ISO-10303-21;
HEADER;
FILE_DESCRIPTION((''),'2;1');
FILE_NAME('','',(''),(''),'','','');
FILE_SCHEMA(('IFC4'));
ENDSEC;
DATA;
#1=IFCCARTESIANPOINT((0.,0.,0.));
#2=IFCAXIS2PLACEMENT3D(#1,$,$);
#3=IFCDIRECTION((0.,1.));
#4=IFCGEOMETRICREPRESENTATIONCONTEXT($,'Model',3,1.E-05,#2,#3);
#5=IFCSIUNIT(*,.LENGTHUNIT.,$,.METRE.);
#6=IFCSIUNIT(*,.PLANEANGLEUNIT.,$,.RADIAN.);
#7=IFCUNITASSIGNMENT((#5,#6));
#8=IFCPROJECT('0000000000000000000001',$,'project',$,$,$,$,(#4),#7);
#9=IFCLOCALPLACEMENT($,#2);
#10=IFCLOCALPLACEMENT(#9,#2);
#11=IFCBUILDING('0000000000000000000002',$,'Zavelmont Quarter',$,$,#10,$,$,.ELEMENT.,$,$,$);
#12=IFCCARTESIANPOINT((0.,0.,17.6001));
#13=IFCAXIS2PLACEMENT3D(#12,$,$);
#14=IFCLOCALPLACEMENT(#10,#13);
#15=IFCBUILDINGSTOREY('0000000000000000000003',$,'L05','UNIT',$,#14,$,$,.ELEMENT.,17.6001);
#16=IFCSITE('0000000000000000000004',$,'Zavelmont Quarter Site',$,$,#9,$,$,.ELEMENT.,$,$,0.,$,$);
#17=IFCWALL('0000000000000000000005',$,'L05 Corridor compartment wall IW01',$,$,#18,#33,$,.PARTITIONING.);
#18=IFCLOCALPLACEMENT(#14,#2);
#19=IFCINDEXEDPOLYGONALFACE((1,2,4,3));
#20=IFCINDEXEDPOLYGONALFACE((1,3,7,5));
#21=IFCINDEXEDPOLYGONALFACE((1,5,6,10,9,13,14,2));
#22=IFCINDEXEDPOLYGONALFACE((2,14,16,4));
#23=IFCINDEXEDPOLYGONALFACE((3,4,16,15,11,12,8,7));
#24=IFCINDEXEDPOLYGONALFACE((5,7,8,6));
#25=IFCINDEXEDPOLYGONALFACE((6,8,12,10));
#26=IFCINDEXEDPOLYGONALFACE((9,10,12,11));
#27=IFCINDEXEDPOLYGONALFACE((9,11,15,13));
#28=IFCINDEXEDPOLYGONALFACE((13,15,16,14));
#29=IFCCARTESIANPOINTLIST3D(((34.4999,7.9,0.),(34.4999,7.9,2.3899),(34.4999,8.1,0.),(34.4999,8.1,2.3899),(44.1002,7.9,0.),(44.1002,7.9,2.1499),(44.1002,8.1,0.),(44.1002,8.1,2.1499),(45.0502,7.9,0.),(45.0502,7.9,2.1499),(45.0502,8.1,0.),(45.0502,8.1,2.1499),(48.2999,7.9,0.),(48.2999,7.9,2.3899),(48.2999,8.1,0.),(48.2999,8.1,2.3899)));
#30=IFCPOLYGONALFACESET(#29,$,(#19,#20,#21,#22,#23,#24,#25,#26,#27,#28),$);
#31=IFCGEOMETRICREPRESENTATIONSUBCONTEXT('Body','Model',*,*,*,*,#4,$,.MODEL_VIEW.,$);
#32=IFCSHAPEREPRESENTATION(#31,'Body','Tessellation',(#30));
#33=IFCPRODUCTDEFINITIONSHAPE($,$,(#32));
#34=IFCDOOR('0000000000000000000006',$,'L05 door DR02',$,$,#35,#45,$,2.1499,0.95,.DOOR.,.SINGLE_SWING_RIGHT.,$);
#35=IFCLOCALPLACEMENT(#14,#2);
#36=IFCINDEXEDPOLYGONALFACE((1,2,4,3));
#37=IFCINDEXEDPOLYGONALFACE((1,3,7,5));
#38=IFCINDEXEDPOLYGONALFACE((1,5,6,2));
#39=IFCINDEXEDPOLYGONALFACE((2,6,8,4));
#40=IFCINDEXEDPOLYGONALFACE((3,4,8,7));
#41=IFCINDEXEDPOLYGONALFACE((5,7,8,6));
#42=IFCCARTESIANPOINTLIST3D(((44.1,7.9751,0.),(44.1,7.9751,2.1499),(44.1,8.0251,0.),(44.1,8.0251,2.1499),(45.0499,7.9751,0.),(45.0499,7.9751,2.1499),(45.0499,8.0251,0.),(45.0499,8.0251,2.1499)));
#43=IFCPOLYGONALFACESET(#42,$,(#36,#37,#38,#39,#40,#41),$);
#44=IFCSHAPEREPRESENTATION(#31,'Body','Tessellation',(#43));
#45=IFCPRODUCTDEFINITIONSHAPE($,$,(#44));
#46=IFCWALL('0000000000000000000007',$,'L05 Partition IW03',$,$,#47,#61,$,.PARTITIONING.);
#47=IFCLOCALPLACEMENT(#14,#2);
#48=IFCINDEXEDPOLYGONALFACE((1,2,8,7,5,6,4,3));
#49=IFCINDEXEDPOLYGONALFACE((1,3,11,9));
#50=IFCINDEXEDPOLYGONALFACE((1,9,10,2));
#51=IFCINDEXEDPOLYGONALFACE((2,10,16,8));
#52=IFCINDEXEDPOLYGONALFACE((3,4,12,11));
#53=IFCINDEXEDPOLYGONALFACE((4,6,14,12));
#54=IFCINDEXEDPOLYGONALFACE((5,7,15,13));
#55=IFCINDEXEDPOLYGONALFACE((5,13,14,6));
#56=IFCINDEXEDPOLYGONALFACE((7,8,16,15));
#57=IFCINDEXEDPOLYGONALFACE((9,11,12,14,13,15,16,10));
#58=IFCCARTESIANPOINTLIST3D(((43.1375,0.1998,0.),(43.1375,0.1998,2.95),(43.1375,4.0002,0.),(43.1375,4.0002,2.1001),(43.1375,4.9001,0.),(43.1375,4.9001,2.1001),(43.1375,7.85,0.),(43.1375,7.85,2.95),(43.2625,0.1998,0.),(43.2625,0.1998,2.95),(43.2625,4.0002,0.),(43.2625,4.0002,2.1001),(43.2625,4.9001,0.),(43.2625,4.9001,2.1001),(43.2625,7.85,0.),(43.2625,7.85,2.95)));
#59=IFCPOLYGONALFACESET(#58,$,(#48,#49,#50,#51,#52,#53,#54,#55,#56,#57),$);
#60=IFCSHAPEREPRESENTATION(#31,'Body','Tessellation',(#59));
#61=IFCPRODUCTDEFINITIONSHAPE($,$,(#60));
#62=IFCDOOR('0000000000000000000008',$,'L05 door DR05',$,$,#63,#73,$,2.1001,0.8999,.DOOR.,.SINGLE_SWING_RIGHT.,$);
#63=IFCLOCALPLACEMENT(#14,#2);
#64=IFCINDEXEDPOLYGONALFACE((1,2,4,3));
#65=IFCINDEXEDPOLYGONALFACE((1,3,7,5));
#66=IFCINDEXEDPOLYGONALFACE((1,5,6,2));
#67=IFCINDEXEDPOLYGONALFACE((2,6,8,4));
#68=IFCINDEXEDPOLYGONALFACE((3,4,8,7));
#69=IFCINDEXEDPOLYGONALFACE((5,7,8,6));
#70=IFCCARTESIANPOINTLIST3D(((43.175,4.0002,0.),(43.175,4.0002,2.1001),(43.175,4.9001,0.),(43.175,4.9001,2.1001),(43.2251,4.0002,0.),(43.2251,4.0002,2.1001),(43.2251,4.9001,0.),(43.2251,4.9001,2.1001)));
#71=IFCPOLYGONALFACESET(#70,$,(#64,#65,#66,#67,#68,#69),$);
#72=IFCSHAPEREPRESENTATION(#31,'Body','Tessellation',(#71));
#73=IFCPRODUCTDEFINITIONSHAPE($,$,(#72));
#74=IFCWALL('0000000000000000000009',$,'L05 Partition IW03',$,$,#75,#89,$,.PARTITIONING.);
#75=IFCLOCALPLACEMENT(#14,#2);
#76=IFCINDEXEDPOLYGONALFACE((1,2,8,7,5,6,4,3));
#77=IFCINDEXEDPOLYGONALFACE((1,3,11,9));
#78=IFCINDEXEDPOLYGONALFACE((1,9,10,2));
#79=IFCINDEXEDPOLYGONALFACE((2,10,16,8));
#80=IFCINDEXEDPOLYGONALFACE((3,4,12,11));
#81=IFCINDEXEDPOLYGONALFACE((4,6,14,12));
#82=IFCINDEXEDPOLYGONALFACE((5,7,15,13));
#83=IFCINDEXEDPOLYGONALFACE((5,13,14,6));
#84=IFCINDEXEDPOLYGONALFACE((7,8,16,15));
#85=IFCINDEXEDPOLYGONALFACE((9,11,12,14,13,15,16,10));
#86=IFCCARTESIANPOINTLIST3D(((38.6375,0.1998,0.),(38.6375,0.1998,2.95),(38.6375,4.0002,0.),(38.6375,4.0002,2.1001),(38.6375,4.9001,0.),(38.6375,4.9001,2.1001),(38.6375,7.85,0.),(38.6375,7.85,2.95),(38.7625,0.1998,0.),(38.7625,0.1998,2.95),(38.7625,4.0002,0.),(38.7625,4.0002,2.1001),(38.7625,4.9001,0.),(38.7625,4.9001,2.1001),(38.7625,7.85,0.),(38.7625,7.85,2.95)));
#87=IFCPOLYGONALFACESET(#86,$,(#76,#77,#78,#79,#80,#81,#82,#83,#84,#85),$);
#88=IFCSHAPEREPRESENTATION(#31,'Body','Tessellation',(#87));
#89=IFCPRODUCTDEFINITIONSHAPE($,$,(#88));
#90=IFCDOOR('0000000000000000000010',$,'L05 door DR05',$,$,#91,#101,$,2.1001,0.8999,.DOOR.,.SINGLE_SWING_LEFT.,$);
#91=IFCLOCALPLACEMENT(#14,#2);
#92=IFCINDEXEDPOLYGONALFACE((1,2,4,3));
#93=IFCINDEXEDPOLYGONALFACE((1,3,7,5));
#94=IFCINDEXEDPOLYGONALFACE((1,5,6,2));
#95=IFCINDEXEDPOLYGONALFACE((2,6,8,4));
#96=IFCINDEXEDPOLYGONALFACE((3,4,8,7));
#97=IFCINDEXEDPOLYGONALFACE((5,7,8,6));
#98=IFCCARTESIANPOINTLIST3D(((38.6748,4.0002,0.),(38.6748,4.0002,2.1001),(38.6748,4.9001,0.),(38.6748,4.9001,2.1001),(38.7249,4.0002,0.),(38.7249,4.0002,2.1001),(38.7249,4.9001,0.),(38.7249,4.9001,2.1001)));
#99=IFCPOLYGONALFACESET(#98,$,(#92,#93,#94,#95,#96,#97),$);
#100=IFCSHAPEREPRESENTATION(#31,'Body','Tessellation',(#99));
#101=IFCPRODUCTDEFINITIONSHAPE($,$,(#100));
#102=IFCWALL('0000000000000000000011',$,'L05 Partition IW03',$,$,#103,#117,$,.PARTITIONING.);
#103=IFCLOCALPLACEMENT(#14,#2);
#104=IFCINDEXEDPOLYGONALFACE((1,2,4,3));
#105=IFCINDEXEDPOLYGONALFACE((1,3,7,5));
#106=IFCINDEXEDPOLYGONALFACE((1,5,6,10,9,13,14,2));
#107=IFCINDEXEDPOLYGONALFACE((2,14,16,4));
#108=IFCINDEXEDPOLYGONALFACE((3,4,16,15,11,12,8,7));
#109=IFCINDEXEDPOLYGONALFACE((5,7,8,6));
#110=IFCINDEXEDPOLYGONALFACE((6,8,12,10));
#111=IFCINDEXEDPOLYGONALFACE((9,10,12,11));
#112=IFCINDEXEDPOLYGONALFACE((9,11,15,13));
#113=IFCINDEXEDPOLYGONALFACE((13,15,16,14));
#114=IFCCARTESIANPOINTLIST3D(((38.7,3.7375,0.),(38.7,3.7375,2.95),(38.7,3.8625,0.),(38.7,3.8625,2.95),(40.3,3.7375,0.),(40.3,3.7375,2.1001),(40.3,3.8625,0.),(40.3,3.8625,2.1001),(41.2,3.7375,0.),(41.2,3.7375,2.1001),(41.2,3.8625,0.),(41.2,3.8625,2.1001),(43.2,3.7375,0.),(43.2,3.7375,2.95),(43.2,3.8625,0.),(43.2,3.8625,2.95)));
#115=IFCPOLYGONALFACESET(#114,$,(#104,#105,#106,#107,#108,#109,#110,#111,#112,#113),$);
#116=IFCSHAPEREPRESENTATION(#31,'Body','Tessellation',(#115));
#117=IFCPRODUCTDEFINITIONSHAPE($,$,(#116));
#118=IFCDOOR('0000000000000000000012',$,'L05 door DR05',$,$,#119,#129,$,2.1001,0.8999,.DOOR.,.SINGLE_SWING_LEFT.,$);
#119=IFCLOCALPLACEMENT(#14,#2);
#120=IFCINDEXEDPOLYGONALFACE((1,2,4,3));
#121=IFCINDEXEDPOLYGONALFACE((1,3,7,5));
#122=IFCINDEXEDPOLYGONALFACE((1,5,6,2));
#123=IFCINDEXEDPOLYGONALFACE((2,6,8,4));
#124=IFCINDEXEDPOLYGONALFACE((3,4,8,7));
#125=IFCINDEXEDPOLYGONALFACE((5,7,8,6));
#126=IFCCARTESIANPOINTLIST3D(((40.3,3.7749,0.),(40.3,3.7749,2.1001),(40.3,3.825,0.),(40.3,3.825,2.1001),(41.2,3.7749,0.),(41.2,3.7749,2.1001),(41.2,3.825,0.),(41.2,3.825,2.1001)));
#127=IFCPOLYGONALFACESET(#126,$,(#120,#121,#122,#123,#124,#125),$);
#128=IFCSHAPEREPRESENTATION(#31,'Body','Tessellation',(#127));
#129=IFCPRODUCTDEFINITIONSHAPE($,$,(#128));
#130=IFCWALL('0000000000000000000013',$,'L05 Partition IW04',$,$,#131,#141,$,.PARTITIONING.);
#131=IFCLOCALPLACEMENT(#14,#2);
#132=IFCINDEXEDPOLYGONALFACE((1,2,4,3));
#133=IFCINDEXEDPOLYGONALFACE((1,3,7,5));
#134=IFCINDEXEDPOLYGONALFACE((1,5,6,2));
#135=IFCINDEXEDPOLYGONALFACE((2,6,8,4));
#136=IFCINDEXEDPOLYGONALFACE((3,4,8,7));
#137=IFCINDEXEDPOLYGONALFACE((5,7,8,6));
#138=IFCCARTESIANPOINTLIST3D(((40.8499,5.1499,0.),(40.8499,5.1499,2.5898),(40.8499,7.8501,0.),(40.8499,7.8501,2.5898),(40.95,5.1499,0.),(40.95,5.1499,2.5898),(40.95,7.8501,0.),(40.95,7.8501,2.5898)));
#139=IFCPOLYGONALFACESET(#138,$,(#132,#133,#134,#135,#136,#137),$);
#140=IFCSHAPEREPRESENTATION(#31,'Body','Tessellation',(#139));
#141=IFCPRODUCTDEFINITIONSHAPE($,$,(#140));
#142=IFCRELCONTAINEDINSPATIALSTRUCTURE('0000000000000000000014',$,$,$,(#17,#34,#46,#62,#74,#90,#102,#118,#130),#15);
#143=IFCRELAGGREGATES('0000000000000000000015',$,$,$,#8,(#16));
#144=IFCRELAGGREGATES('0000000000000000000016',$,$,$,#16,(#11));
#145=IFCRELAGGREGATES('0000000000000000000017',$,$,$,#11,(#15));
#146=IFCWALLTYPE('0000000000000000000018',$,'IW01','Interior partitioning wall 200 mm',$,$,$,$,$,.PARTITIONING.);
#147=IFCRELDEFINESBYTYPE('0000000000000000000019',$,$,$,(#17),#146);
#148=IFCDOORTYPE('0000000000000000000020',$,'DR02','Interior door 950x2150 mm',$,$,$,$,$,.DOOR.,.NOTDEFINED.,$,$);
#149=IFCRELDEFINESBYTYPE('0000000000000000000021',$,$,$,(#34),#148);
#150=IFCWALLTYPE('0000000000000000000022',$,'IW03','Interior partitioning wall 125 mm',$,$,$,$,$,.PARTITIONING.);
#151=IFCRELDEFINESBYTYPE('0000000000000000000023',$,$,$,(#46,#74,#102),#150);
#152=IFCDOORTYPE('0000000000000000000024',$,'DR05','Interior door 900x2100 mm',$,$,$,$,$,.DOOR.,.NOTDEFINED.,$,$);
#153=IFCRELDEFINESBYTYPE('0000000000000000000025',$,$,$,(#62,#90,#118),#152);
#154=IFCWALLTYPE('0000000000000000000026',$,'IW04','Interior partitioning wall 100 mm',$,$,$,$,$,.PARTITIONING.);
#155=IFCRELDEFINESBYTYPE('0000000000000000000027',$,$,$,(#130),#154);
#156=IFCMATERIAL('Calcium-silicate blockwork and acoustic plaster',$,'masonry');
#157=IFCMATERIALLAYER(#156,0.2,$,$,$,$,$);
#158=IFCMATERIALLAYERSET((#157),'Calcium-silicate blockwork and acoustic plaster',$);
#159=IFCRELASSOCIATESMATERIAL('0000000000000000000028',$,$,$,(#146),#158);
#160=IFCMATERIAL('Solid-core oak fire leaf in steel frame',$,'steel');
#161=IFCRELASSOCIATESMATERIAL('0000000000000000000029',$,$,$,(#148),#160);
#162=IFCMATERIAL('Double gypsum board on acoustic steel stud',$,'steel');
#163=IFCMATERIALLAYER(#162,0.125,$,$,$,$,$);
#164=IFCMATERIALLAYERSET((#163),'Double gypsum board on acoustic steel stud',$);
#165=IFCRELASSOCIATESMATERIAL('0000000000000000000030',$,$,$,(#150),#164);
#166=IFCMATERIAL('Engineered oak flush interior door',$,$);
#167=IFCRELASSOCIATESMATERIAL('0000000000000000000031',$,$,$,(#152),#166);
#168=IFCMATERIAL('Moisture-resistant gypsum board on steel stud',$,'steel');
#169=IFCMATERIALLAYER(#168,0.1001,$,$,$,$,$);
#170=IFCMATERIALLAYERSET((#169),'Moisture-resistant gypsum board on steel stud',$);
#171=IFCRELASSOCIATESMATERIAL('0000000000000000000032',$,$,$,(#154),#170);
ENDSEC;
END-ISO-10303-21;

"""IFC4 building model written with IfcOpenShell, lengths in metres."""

from ifc_helpers import new_model, si_unit, direction, frame, frame_2d, origin, origin_with_axes, place, context, subcontext, project, spatial, rectangle, extrude, material, layer, layer_set, type_object, element, fill, save


model = new_model("IFC4")

# Units and contexts
model_context = context("Model", 3, precision=1e-05, world=origin(), true_north=direction((0.0, 1.0)))
body_context = subcontext(model_context, "Body", "Model", "MODEL_VIEW")
ifc_project = project(units=[si_unit("LENGTHUNIT", "METRE"), si_unit("PLANEANGLEUNIT", "RADIAN")], contexts=[model_context])

# Site, building, storey
site_placement = place(None, origin())
site = spatial("IfcSite", under=ifc_project, at=site_placement, Name="Zavelmont Quarter Site", CompositionType="ELEMENT", RefElevation=0.0)
building_placement = place(site_placement, origin())
building = spatial("IfcBuilding", under=site, at=building_placement, Name="Zavelmont Quarter", CompositionType="ELEMENT")
storey_placement = place(building_placement, frame((0.0, 0.0, 17.6001)))
storey = spatial("IfcBuildingStorey", under=building, at=storey_placement, Name="L05", Description="UNIT", CompositionType="ELEMENT", Elevation=17.6001)

# Walls, openings, doors
ifc_material_1 = material(Name="Calcium-silicate blockwork and acoustic plaster", Category="masonry")
ifc_layer_1 = layer(ifc_material_1, 0.2)
ifc_layer_set_1 = layer_set([ifc_layer_1], Name="Calcium-silicate blockwork and acoustic plaster")
wall_type_1 = type_object("IfcWallType", Name="IW01", Description="Interior partitioning wall 200 mm", PredefinedType="PARTITIONING", material=ifc_layer_set_1)
wall_1_placement = place(storey_placement, frame((34.5, 8.0, 0.0), z_axis=(0.0, 0.0, 1.0), x_axis=(1.0, 0.0, 0.0)))
wall_1 = element("IfcWall", 1, at=wall_1_placement, inside=storey, type_object=wall_type_1, Name="L05 Corridor compartment wall IW01", PredefinedType="PARTITIONING", context=body_context, shape_type="SweptSolid", body=[
    extrude(rectangle(XDim=13.8, YDim=0.2, at=frame_2d((6.8999, 0.0))), origin(), (0.0, 0.0, 1.0), 2.3899),
])
opening_1_placement = place(wall_1_placement, frame((9.6001, 0.0, 0.0)))
opening_1 = element("IfcOpeningElement", 2, at=opening_1_placement, cuts=wall_1, PredefinedType="OPENING", context=body_context, shape_type="SweptSolid", body=[
    extrude(rectangle(XDim=0.95, YDim=2.1499, at=frame_2d((0.4751, 1.075))), frame((0.0, 0.1118, 0.0), z_axis=(0.0, -1.0, 0.0), x_axis=(1.0, 0.0, 0.0)), (0.0, 0.0, 1.0), 0.2239),
])
ifc_material_2 = material(Name="Solid-core oak fire leaf in steel frame", Category="steel")
door_type_1 = type_object("IfcDoorType", Name="DR02", Description="Interior door 950x2150 mm", OperationType="NOTDEFINED", PredefinedType="DOOR", material=ifc_material_2)
door_1_placement = place(opening_1_placement, frame((0.95, 0.0, 0.0), z_axis=(0.0, 0.0, 1.0), x_axis=(-1.0, 0.0, 0.0)))
door_1 = element("IfcDoor", 3, at=door_1_placement, inside=storey, type_object=door_type_1, Name="L05 door DR02", OperationType="SINGLE_SWING_RIGHT", OverallHeight=2.1499, OverallWidth=0.95, PredefinedType="DOOR", context=body_context, shape_type="SweptSolid", body=[
    extrude(rectangle(XDim=0.95, YDim=2.1499, at=frame_2d((0.4751, 1.075))), frame((0.0, 0.0249, 0.0), z_axis=(0.0, -1.0, 0.0), x_axis=(1.0, 0.0, 0.0)), (0.0, 0.0, 1.0), 0.05),
])
fill(opening_1, door_1)
ifc_material_3 = material(Name="Double gypsum board on acoustic steel stud", Category="steel")
ifc_layer_2 = layer(ifc_material_3, 0.125)
ifc_layer_set_2 = layer_set([ifc_layer_2], Name="Double gypsum board on acoustic steel stud")
wall_type_2 = type_object("IfcWallType", Name="IW03", Description="Interior partitioning wall 125 mm", PredefinedType="PARTITIONING", material=ifc_layer_set_2)
wall_2_placement = place(storey_placement, frame((43.2, 7.8501, 0.0), z_axis=(0.0, 0.0, 1.0), x_axis=(0.0, -1.0, 0.0)))
wall_2 = element("IfcWall", 4, at=wall_2_placement, inside=storey, type_object=wall_type_2, Name="L05 Partition IW03", PredefinedType="PARTITIONING", context=body_context, shape_type="SweptSolid", body=[
    extrude(rectangle(XDim=7.6501, YDim=0.125, at=frame_2d((3.8252, 0.0))), origin(), (0.0, 0.0, 1.0), 2.95),
])
opening_2_placement = place(wall_2_placement, frame((2.95, 0.0, 0.0)))
opening_2 = element("IfcOpeningElement", 5, at=opening_2_placement, cuts=wall_2, PredefinedType="OPENING", context=body_context, shape_type="SweptSolid", body=[
    extrude(rectangle(XDim=0.8999, YDim=2.1001, at=frame_2d((0.45, 1.05))), frame((0.0, 0.0745, 0.0), z_axis=(0.0, -1.0, 0.0), x_axis=(1.0, 0.0, 0.0)), (0.0, 0.0, 1.0), 0.1489),
])
ifc_material_4 = material(Name="Engineered oak flush interior door")
door_type_2 = type_object("IfcDoorType", Name="DR05", Description="Interior door 900x2100 mm", OperationType="NOTDEFINED", PredefinedType="DOOR", material=ifc_material_4)
door_2_placement = place(opening_2_placement, frame((0.8999, 0.0, 0.0), z_axis=(0.0, 0.0, 1.0), x_axis=(-1.0, 0.0, 0.0)))
door_2 = element("IfcDoor", 6, at=door_2_placement, inside=storey, type_object=door_type_2, Name="L05 door DR05", OperationType="SINGLE_SWING_RIGHT", OverallHeight=2.1001, OverallWidth=0.8999, PredefinedType="DOOR", context=body_context, shape_type="SweptSolid", body=[
    extrude(rectangle(XDim=0.8999, YDim=2.1001, at=frame_2d((0.45, 1.05))), frame((0.0, 0.0249, 0.0), z_axis=(0.0, -1.0, 0.0), x_axis=(1.0, 0.0, 0.0)), (0.0, 0.0, 1.0), 0.05),
])
fill(opening_2, door_2)
wall_3_placement = place(storey_placement, frame((38.7, 7.8501, 0.0), z_axis=(0.0, 0.0, 1.0), x_axis=(0.0, -1.0, 0.0)))
wall_3 = element("IfcWall", 7, at=wall_3_placement, inside=storey, type_object=wall_type_2, Name="L05 Partition IW03", PredefinedType="PARTITIONING", context=body_context, shape_type="SweptSolid", body=[
    extrude(rectangle(XDim=7.6501, YDim=0.125, at=frame_2d((3.8252, 0.0))), origin(), (0.0, 0.0, 1.0), 2.95),
])
opening_3_placement = place(wall_3_placement, frame((2.95, 0.0, 0.0)))
opening_3 = element("IfcOpeningElement", 8, at=opening_3_placement, cuts=wall_3, PredefinedType="OPENING", context=body_context, shape_type="SweptSolid", body=[
    extrude(rectangle(XDim=0.8999, YDim=2.1001, at=frame_2d((0.45, 1.05))), frame((0.0, 0.0745, 0.0), z_axis=(0.0, -1.0, 0.0), x_axis=(1.0, 0.0, 0.0)), (0.0, 0.0, 1.0), 0.1489),
])
door_3_placement = place(opening_3_placement, origin_with_axes())
door_3 = element("IfcDoor", 9, at=door_3_placement, inside=storey, type_object=door_type_2, Name="L05 door DR05", OperationType="SINGLE_SWING_LEFT", OverallHeight=2.1001, OverallWidth=0.8999, PredefinedType="DOOR", context=body_context, shape_type="SweptSolid", body=[
    extrude(rectangle(XDim=0.8999, YDim=2.1001, at=frame_2d((0.45, 1.05))), frame((0.0, 0.0249, 0.0), z_axis=(0.0, -1.0, 0.0), x_axis=(1.0, 0.0, 0.0)), (0.0, 0.0, 1.0), 0.05),
])
fill(opening_3, door_3)
wall_4_placement = place(storey_placement, frame((38.7, 3.8, 0.0), z_axis=(0.0, 0.0, 1.0), x_axis=(1.0, 0.0, 0.0)))
wall_4 = element("IfcWall", 10, at=wall_4_placement, inside=storey, type_object=wall_type_2, Name="L05 Partition IW03", PredefinedType="PARTITIONING", context=body_context, shape_type="SweptSolid", body=[
    extrude(rectangle(XDim=4.5, YDim=0.125, at=frame_2d((2.25, 0.0))), origin(), (0.0, 0.0, 1.0), 2.95),
])
opening_4_placement = place(wall_4_placement, frame((1.6001, 0.0, 0.0)))
opening_4 = element("IfcOpeningElement", 11, at=opening_4_placement, cuts=wall_4, PredefinedType="OPENING", context=body_context, shape_type="SweptSolid", body=[
    extrude(rectangle(XDim=0.8999, YDim=2.1001, at=frame_2d((0.45, 1.05))), frame((0.0, 0.0745, 0.0), z_axis=(0.0, -1.0, 0.0), x_axis=(1.0, 0.0, 0.0)), (0.0, 0.0, 1.0), 0.1489),
])
door_4_placement = place(opening_4_placement, origin_with_axes())
door_4 = element("IfcDoor", 12, at=door_4_placement, inside=storey, type_object=door_type_2, Name="L05 door DR05", OperationType="SINGLE_SWING_LEFT", OverallHeight=2.1001, OverallWidth=0.8999, PredefinedType="DOOR", context=body_context, shape_type="SweptSolid", body=[
    extrude(rectangle(XDim=0.8999, YDim=2.1001, at=frame_2d((0.45, 1.05))), frame((0.0, 0.0249, 0.0), z_axis=(0.0, -1.0, 0.0), x_axis=(1.0, 0.0, 0.0)), (0.0, 0.0, 1.0), 0.05),
])
fill(opening_4, door_4)

# Wall
ifc_material_5 = material(Name="Moisture-resistant gypsum board on steel stud", Category="steel")
ifc_layer_3 = layer(ifc_material_5, 0.1001)
ifc_layer_set_3 = layer_set([ifc_layer_3], Name="Moisture-resistant gypsum board on steel stud")
wall_type_3 = type_object("IfcWallType", Name="IW04", Description="Interior partitioning wall 100 mm", PredefinedType="PARTITIONING", material=ifc_layer_set_3)
wall_5_placement = place(storey_placement, frame((40.8999, 7.8501, 0.0), z_axis=(0.0, 0.0, 1.0), x_axis=(0.0, -1.0, 0.0)))
element("IfcWall", 13, at=wall_5_placement, inside=storey, type_object=wall_type_3, Name="L05 Partition IW04", PredefinedType="PARTITIONING", context=body_context, shape_type="SweptSolid", body=[
    extrude(rectangle(XDim=2.7002, YDim=0.1001, at=frame_2d((1.3501, 0.0))), origin(), (0.0, 0.0, 1.0), 2.5898),
])

save(model, "model.ifc")
